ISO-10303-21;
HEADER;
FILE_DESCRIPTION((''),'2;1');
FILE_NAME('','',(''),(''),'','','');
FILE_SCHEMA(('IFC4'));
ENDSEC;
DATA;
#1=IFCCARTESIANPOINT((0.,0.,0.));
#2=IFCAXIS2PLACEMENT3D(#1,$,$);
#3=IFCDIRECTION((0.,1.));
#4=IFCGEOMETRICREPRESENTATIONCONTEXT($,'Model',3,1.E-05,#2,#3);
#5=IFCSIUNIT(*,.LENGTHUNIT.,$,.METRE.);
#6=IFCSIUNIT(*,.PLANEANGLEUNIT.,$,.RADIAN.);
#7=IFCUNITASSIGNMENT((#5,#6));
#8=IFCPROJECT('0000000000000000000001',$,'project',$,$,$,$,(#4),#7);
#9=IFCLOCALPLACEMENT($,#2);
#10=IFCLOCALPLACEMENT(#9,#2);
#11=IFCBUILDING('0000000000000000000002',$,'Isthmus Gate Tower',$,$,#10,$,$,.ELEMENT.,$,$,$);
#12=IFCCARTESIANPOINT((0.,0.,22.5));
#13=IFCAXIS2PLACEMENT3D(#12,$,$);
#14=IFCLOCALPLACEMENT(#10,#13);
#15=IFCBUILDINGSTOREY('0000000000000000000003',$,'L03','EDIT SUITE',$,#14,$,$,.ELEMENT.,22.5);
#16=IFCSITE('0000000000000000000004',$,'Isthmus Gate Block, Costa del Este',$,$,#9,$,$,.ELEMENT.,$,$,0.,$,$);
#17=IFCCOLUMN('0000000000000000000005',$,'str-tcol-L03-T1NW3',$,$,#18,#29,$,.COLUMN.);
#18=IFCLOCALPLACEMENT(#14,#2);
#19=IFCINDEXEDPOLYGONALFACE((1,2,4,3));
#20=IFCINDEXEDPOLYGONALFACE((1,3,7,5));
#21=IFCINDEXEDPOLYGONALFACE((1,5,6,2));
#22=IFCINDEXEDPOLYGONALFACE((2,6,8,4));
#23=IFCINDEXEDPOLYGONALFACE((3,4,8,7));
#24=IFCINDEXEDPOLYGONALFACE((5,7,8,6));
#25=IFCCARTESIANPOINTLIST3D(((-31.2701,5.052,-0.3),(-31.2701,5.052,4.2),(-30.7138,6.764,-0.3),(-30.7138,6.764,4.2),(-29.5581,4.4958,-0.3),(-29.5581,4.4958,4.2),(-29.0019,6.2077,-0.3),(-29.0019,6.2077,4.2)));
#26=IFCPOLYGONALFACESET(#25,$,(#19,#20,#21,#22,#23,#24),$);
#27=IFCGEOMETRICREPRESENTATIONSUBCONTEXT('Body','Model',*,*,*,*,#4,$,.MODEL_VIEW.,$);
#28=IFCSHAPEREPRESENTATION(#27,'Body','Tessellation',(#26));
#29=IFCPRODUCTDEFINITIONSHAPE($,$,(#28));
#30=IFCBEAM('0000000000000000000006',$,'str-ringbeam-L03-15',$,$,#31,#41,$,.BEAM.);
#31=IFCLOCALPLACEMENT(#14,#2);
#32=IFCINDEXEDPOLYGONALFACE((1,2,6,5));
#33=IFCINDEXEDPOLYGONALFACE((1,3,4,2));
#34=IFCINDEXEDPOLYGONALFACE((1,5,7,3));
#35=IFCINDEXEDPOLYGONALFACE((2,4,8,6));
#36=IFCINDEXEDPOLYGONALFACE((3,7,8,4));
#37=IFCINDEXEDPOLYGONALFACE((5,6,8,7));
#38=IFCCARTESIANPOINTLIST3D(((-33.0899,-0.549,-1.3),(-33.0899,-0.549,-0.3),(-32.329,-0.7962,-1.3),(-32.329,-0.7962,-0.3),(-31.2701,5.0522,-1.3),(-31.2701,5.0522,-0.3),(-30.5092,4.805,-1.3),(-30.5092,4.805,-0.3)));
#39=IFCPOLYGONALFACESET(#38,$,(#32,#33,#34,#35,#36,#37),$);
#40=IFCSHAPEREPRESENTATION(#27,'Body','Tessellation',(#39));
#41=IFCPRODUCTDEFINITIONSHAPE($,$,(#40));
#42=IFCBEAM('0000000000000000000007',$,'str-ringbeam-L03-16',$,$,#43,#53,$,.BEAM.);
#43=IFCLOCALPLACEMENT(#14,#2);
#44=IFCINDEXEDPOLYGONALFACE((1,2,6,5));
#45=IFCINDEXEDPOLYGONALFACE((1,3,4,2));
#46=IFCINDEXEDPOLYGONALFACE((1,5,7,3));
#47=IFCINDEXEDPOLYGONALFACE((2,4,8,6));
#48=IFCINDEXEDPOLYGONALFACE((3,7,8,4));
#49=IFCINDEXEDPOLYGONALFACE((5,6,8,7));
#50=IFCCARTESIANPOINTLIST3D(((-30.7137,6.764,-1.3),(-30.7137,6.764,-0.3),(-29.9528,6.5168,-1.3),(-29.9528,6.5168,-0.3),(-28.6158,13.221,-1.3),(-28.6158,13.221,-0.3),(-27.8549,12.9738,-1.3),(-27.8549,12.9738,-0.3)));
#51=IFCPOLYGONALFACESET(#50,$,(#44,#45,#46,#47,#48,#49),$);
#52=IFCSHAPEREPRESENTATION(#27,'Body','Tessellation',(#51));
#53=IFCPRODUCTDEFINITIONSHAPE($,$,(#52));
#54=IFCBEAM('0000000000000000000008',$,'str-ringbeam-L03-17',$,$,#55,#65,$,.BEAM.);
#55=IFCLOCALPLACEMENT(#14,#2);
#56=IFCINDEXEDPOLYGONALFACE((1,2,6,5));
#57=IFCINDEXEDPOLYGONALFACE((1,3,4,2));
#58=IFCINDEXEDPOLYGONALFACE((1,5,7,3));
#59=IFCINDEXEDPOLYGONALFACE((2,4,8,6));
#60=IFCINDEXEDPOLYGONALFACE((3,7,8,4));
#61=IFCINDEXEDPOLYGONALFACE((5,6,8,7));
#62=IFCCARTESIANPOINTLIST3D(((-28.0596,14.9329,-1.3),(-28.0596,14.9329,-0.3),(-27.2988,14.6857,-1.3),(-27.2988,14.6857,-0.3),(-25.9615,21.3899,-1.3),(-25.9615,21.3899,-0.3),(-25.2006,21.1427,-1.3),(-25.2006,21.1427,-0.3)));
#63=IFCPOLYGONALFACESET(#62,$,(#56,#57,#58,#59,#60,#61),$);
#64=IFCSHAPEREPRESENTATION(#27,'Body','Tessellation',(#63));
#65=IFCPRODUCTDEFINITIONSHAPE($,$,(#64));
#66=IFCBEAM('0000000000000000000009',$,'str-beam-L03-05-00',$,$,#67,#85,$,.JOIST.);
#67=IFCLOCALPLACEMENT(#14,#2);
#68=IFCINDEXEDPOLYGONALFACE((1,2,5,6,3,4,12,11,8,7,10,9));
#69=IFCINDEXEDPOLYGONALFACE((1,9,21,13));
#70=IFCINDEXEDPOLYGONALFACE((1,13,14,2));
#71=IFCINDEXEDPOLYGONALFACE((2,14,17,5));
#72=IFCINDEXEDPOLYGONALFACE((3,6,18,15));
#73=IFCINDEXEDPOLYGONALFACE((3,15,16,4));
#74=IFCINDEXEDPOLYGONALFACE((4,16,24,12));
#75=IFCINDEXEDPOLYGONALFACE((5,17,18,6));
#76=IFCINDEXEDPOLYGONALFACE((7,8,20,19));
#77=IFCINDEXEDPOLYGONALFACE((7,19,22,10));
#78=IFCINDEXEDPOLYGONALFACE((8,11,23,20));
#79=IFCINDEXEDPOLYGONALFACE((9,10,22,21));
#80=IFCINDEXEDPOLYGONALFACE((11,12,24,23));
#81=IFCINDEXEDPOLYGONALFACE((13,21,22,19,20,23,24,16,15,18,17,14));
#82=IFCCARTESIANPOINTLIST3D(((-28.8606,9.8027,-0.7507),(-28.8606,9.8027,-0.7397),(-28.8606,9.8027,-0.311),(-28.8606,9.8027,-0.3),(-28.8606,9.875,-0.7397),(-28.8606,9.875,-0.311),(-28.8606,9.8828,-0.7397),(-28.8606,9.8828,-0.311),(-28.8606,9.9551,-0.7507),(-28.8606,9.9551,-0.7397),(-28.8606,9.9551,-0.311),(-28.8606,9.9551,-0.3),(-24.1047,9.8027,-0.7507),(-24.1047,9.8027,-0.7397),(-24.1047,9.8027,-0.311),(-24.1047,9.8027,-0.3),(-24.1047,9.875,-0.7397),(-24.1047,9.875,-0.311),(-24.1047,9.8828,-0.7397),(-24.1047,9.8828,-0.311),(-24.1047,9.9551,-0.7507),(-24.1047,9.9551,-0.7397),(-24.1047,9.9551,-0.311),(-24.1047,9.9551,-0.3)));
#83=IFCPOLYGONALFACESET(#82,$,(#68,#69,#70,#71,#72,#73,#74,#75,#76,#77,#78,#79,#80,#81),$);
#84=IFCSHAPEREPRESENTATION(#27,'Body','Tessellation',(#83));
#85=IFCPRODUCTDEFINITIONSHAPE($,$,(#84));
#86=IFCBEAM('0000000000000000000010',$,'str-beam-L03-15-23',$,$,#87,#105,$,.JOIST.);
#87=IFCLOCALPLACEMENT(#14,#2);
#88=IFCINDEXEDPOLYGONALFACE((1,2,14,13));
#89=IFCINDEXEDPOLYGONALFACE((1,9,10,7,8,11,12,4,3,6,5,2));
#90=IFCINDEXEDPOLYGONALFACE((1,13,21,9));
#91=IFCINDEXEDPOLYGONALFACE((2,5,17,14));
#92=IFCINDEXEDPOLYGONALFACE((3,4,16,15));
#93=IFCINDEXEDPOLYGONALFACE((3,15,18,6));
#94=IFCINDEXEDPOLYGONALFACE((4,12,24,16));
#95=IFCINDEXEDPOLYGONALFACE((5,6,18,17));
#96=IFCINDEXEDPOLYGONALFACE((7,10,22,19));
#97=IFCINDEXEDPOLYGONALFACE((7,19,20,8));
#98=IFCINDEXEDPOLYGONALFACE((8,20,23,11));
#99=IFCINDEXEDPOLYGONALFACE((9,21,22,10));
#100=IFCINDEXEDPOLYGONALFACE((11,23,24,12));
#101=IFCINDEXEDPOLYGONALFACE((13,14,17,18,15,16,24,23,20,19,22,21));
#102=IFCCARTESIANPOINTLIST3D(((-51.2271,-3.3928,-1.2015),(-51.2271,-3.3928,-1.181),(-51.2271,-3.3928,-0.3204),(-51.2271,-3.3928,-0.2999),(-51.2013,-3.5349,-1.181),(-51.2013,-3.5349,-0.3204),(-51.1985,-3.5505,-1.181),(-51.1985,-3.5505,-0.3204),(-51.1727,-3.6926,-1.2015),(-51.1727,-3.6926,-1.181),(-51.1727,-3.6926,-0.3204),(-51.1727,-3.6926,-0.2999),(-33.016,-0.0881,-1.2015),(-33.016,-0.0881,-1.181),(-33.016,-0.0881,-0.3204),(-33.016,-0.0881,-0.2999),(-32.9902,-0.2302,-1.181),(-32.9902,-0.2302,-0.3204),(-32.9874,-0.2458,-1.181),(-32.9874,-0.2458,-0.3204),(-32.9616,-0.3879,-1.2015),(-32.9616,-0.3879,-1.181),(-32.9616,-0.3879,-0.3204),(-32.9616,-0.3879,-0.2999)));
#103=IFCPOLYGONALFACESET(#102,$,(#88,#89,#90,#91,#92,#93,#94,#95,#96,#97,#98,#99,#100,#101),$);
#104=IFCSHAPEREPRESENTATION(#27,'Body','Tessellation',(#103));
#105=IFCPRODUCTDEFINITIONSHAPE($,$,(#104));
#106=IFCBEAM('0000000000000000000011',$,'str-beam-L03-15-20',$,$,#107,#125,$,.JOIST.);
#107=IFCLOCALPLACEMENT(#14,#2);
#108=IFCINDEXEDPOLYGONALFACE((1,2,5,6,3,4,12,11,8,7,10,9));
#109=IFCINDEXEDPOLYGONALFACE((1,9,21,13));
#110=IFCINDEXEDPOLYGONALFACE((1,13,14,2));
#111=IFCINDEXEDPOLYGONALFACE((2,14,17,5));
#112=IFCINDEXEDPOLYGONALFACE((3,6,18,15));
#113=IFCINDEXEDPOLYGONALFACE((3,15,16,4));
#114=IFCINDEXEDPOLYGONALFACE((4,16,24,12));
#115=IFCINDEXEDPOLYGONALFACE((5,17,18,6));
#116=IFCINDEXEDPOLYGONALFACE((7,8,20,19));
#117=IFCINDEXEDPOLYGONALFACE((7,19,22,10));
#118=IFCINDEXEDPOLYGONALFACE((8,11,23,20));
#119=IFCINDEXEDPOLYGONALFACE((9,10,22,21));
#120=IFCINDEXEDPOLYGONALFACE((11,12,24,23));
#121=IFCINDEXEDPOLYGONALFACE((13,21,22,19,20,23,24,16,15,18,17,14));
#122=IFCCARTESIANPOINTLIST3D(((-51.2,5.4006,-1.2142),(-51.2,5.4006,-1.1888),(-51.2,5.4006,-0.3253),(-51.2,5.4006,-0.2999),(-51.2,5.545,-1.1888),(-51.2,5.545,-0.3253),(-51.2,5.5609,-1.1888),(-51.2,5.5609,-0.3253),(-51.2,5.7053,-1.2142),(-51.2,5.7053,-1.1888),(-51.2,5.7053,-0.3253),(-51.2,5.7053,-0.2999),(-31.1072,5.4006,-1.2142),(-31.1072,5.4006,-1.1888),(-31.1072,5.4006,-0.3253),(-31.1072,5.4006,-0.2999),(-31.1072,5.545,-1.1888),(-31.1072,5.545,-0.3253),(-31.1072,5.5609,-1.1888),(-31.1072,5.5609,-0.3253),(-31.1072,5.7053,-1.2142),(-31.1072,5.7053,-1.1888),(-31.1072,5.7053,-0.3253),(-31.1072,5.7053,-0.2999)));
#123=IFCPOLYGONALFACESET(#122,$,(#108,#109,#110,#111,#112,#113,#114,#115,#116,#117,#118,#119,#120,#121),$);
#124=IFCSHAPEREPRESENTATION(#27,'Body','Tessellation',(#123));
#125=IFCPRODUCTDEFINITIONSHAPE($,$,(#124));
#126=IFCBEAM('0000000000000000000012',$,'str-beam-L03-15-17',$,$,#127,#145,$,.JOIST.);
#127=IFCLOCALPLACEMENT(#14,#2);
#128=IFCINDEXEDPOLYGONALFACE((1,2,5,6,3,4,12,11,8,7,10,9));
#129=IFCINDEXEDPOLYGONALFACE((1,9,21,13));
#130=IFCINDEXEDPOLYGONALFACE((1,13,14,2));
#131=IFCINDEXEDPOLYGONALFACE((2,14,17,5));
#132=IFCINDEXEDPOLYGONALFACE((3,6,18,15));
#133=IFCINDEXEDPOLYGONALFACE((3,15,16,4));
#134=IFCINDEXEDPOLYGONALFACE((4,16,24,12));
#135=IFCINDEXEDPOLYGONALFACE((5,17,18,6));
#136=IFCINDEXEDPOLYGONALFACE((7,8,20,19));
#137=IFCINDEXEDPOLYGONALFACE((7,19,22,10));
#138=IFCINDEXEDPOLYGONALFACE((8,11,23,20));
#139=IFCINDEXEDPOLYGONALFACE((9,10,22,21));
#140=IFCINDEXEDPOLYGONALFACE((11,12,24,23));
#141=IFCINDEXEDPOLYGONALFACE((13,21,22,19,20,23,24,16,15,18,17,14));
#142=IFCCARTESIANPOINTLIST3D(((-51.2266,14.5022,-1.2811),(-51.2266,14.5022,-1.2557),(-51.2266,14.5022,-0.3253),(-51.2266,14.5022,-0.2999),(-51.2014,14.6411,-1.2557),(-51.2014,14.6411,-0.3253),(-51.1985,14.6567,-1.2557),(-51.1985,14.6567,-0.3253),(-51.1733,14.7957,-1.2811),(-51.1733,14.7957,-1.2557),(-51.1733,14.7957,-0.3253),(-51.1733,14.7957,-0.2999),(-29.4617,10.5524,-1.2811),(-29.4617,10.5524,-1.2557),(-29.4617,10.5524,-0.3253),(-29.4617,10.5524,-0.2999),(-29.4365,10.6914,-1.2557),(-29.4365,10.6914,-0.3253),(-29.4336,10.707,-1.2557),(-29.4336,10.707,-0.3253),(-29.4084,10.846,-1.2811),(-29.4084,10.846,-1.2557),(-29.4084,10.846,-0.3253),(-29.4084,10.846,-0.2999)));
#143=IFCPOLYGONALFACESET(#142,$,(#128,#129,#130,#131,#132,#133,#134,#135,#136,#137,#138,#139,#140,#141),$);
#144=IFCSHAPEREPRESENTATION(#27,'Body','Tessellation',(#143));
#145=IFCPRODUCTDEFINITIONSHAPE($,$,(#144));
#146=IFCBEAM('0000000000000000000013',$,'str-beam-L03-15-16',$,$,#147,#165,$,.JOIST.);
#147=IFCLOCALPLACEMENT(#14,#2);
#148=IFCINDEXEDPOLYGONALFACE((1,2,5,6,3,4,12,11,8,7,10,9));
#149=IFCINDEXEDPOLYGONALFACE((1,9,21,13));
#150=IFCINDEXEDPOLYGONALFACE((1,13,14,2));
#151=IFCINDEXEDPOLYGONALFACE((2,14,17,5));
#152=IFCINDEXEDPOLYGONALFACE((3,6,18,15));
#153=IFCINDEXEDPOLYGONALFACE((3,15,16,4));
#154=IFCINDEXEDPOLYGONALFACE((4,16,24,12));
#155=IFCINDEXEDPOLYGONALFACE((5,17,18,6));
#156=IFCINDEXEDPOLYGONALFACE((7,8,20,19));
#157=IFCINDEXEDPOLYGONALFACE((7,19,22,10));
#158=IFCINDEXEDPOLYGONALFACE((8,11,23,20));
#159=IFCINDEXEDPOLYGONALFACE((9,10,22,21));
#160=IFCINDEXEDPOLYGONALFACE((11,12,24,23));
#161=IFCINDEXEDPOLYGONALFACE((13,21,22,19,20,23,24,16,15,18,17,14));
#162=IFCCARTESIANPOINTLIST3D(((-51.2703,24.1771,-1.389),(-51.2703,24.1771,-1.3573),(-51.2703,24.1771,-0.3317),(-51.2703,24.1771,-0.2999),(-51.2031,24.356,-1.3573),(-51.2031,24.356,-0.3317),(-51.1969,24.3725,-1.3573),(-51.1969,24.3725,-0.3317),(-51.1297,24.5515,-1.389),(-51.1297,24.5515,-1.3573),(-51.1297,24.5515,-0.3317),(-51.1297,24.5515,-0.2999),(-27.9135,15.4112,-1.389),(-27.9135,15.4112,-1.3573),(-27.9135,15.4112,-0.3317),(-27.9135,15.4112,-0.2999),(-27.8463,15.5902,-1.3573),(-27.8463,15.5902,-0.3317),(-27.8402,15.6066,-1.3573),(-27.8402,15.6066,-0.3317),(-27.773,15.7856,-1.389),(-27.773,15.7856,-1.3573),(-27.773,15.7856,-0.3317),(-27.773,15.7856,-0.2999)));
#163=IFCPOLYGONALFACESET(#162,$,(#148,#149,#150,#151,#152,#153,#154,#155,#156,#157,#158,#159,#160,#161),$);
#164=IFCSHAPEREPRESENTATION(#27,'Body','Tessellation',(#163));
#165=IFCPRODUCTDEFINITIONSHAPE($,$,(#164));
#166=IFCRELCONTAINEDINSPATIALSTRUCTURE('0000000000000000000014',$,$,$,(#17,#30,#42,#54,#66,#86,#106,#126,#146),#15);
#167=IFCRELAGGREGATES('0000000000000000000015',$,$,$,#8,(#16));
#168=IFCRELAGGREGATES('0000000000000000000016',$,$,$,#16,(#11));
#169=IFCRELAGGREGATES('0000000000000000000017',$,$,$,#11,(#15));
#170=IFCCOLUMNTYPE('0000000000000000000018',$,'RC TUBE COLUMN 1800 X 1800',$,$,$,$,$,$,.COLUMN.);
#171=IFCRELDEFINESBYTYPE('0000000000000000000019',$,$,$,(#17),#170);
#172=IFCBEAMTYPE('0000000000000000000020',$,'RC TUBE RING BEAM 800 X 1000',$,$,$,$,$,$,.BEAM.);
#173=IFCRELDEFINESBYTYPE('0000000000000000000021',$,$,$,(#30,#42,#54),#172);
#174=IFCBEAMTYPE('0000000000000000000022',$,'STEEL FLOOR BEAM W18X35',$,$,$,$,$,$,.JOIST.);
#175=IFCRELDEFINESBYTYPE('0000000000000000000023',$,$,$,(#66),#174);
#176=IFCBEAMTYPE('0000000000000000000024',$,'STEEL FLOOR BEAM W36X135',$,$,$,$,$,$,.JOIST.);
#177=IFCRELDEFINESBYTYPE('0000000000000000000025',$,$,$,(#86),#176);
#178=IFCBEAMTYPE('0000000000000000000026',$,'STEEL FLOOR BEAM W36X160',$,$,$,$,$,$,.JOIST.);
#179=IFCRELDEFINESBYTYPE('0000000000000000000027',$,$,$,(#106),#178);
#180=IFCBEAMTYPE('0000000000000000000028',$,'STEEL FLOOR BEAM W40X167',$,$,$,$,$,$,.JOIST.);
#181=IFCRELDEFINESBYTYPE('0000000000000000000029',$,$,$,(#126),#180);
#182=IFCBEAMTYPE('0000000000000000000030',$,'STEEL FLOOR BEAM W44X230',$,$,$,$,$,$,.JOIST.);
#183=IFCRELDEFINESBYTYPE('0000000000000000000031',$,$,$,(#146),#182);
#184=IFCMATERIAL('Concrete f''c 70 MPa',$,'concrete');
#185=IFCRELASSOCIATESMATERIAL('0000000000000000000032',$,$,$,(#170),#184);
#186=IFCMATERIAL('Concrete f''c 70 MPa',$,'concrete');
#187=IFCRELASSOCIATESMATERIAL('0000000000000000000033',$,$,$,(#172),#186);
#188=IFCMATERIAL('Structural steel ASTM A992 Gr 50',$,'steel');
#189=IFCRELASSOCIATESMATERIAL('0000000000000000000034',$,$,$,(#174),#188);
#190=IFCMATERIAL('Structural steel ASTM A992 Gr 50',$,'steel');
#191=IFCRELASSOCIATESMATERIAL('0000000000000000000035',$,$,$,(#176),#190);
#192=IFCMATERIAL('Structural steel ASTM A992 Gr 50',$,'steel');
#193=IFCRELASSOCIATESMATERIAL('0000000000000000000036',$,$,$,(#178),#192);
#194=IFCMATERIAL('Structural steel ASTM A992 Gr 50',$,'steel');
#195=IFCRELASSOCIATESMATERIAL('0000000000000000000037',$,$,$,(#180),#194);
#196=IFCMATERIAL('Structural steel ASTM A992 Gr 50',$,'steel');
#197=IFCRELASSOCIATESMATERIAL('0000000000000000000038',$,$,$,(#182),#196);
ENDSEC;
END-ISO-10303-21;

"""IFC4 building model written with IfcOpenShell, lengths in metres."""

from ifc_helpers import new_model, si_unit, direction, frame, origin, origin_2d, place, context, subcontext, project, spatial, rectangle, i_section, extrude, material, material_profile, profile_set, type_object, element, save


model = new_model("IFC4")

# Units and contexts
model_context = context("Model", 3, precision=1e-05, world=origin(), true_north=direction((0.0, 1.0)))
body_context = subcontext(model_context, "Body", "Model", "MODEL_VIEW")
ifc_project = project(units=[si_unit("LENGTHUNIT", "METRE"), si_unit("PLANEANGLEUNIT", "RADIAN")], contexts=[model_context])

# Site, building, storey
site_placement = place(None, origin())
site = spatial("IfcSite", under=ifc_project, at=site_placement, Name="Isthmus Gate Block, Costa del Este", CompositionType="ELEMENT", RefElevation=0.0)
building_placement = place(site_placement, origin())
building = spatial("IfcBuilding", under=site, at=building_placement, Name="Isthmus Gate Tower", CompositionType="ELEMENT")
storey_placement = place(building_placement, frame((0.0, 0.0, 22.5)))
storey = spatial("IfcBuildingStorey", under=building, at=storey_placement, Name="L03", Description="EDIT SUITE", CompositionType="ELEMENT", Elevation=22.5)

# Column
ifc_material_1 = material(Name="Concrete f'c 70 MPa", Category="concrete")
ifc_material_profile_1 = material_profile(ifc_material_1, rectangle(XDim=1.8, YDim=1.8, at=origin_2d()), Name="RC 1800X1800")
ifc_profile_set_1 = profile_set([ifc_material_profile_1], Name="Concrete f'c 70 MPa")
column_type = type_object("IfcColumnType", Name="RC TUBE COLUMN 1800 X 1800", PredefinedType="COLUMN", material=ifc_profile_set_1)
column_placement = place(storey_placement, frame((-30.136, 5.6299, -0.3), z_axis=(0.0, 0.0, 1.0), x_axis=(-0.309017, -0.951057, 0.0)))
element("IfcColumn", 1, at=column_placement, inside=storey, type_object=column_type, Name="str-tcol-L03-T1NW3", PredefinedType="COLUMN", context=body_context, shape_type="SweptSolid", body=[
    extrude(rectangle(XDim=1.8, YDim=1.8, at=origin_2d()), origin(), (0.0, 0.0, 1.0), 4.5),
])

# Beams
ifc_material_2 = material(Name="Concrete f'c 70 MPa", Category="concrete")
ifc_material_profile_2 = material_profile(ifc_material_2, rectangle(XDim=0.8, YDim=1.0, at=origin_2d()), Name="RC 800X1000")
ifc_profile_set_2 = profile_set([ifc_material_profile_2], Name="Concrete f'c 70 MPa")
beam_type_1 = type_object("IfcBeamType", Name="RC TUBE RING BEAM 800 X 1000", PredefinedType="BEAM", material=ifc_profile_set_2)
beam_1_placement = place(storey_placement, frame((-32.7095, -0.6726, -0.8), z_axis=(0.309005, 0.95106, 0.0), x_axis=(-0.95106, 0.309005, 0.0)))
element("IfcBeam", 2, at=beam_1_placement, inside=storey, type_object=beam_type_1, Name="str-ringbeam-L03-15", PredefinedType="BEAM", context=body_context, shape_type="SweptSolid", body=[
    extrude(rectangle(XDim=0.8, YDim=1.0, at=origin_2d()), origin(), (0.0, 0.0, 1.0), 5.8894),
])
for number, where, z_axis, x_axis, name in (
    (3, (-30.3333, 6.6404, -0.8), (0.309002, 0.951062, 0.0), (-0.951062, 0.309002, 0.0), "str-ringbeam-L03-16"),
    (4, (-27.6792, 14.8093, -0.8), (0.309034, 0.951051, 0.0), (-0.951051, 0.309034, 0.0), "str-ringbeam-L03-17"),
):
    element("IfcBeam", number, at=place(storey_placement, frame(where, z_axis=z_axis, x_axis=x_axis)), inside=storey, type_object=beam_type_1, Name=name, PredefinedType="BEAM", context=body_context, shape_type="SweptSolid", body=[
        extrude(rectangle(XDim=0.8, YDim=1.0, at=origin_2d()), origin(), (0.0, 0.0, 1.0), 6.7893),
    ])
ifc_material_3 = material(Name="Structural steel ASTM A992 Gr 50", Category="steel")
ifc_material_profile_3 = material_profile(ifc_material_3, i_section(OverallWidth=0.1523, OverallDepth=0.4507, WebThickness=0.0078, FlangeThickness=0.011, at=origin_2d()), Name="W18X35")
ifc_profile_set_3 = profile_set([ifc_material_profile_3], Name="Structural steel ASTM A992 Gr 50")
beam_type_2 = type_object("IfcBeamType", Name="STEEL FLOOR BEAM W18X35", PredefinedType="JOIST", material=ifc_profile_set_3)
beam_2_placement = place(storey_placement, frame((-28.8606, 9.8789, -0.5254), z_axis=(1.0, 0.0, 0.0), x_axis=(0.0, 1.0, 0.0)))
element("IfcBeam", 5, at=beam_2_placement, inside=storey, type_object=beam_type_2, Name="str-beam-L03-05-00", PredefinedType="JOIST", context=body_context, shape_type="SweptSolid", body=[
    extrude(i_section(OverallWidth=0.1523, OverallDepth=0.4507, WebThickness=0.0078, FlangeThickness=0.011, at=origin_2d()), origin(), (0.0, 0.0, 1.0), 4.7559),
])
ifc_material_4 = material(Name="Structural steel ASTM A992 Gr 50", Category="steel")
ifc_material_profile_4 = material_profile(ifc_material_4, i_section(OverallWidth=0.3047, OverallDepth=0.9016, WebThickness=0.0159, FlangeThickness=0.0205, at=origin_2d()), Name="W36X135")
ifc_profile_set_4 = profile_set([ifc_material_profile_4], Name="Structural steel ASTM A992 Gr 50")
beam_type_3 = type_object("IfcBeamType", Name="STEEL FLOOR BEAM W36X135", PredefinedType="JOIST", material=ifc_profile_set_4)
beam_3_placement = place(storey_placement, frame((-32.9888, -0.238, -0.7507), z_axis=(-0.983931, -0.178549, 0.0), x_axis=(0.178549, -0.983931, 0.0)))
element("IfcBeam", 6, at=beam_3_placement, inside=storey, type_object=beam_type_3, Name="str-beam-L03-15-23", PredefinedType="JOIST", context=body_context, shape_type="SweptSolid", body=[
    extrude(i_section(OverallWidth=0.3047, OverallDepth=0.9016, WebThickness=0.0159, FlangeThickness=0.0205, at=origin_2d()), origin(), (0.0, 0.0, 1.0), 18.5085),
])
ifc_material_5 = material(Name="Structural steel ASTM A992 Gr 50", Category="steel")
ifc_material_profile_5 = material_profile(ifc_material_5, i_section(OverallWidth=0.3047, OverallDepth=0.9143, WebThickness=0.0159, FlangeThickness=0.0254, at=origin_2d()), Name="W36X160")
ifc_profile_set_5 = profile_set([ifc_material_profile_5], Name="Structural steel ASTM A992 Gr 50")
beam_type_4 = type_object("IfcBeamType", Name="STEEL FLOOR BEAM W36X160", PredefinedType="JOIST", material=ifc_profile_set_5)
beam_4_placement = place(storey_placement, frame((-31.1072, 5.553, -0.7571), z_axis=(-1.0, 0.0, 0.0), x_axis=(0.0, -1.0, 0.0)))
element("IfcBeam", 7, at=beam_4_placement, inside=storey, type_object=beam_type_4, Name="str-beam-L03-15-20", PredefinedType="JOIST", context=body_context, shape_type="SweptSolid", body=[
    extrude(i_section(OverallWidth=0.3047, OverallDepth=0.9143, WebThickness=0.0159, FlangeThickness=0.0254, at=origin_2d()), origin(), (0.0, 0.0, 1.0), 20.0928),
])
ifc_material_6 = material(Name="Structural steel ASTM A992 Gr 50", Category="steel")
ifc_material_profile_6 = material_profile(ifc_material_6, i_section(OverallWidth=0.2983, OverallDepth=0.9812, WebThickness=0.0159, FlangeThickness=0.0254, at=origin_2d()), Name="W40X167")
ifc_profile_set_6 = profile_set([ifc_material_profile_6], Name="Structural steel ASTM A992 Gr 50")
beam_type_5 = type_object("IfcBeamType", Name="STEEL FLOOR BEAM W40X167", PredefinedType="JOIST", material=ifc_profile_set_6)
beam_5_placement = place(storey_placement, frame((-29.4351, 10.6992, -0.7905), z_axis=(-0.98393, 0.178555, 0.0), x_axis=(-0.178555, -0.98393, 0.0)))
element("IfcBeam", 8, at=beam_5_placement, inside=storey, type_object=beam_type_5, Name="str-beam-L03-15-17", PredefinedType="JOIST", context=body_context, shape_type="SweptSolid", body=[
    extrude(i_section(OverallWidth=0.2983, OverallDepth=0.9812, WebThickness=0.0159, FlangeThickness=0.0254, at=origin_2d()), origin(), (0.0, 0.0, 1.0), 22.1204),
])
ifc_material_7 = material(Name="Structural steel ASTM A992 Gr 50", Category="steel")
ifc_material_profile_7 = material_profile(ifc_material_7, i_section(OverallWidth=0.3999, OverallDepth=1.0891, WebThickness=0.0176, FlangeThickness=0.0317, at=origin_2d()), Name="W44X230")
ifc_profile_set_7 = profile_set([ifc_material_profile_7], Name="Structural steel ASTM A992 Gr 50")
beam_type_6 = type_object("IfcBeamType", Name="STEEL FLOOR BEAM W44X230", PredefinedType="JOIST", material=ifc_profile_set_7)
beam_6_placement = place(storey_placement, frame((-27.8433, 15.5984, -0.8445), z_axis=(-0.936235, 0.351373, 0.0), x_axis=(-0.351373, -0.936235, 0.0)))
element("IfcBeam", 9, at=beam_6_placement, inside=storey, type_object=beam_type_6, Name="str-beam-L03-15-16", PredefinedType="JOIST", context=body_context, shape_type="SweptSolid", body=[
    extrude(i_section(OverallWidth=0.3999, OverallDepth=1.0891, WebThickness=0.0176, FlangeThickness=0.0317, at=origin_2d()), origin(), (0.0, 0.0, 1.0), 24.9475),
])

save(model, "model.ifc")
